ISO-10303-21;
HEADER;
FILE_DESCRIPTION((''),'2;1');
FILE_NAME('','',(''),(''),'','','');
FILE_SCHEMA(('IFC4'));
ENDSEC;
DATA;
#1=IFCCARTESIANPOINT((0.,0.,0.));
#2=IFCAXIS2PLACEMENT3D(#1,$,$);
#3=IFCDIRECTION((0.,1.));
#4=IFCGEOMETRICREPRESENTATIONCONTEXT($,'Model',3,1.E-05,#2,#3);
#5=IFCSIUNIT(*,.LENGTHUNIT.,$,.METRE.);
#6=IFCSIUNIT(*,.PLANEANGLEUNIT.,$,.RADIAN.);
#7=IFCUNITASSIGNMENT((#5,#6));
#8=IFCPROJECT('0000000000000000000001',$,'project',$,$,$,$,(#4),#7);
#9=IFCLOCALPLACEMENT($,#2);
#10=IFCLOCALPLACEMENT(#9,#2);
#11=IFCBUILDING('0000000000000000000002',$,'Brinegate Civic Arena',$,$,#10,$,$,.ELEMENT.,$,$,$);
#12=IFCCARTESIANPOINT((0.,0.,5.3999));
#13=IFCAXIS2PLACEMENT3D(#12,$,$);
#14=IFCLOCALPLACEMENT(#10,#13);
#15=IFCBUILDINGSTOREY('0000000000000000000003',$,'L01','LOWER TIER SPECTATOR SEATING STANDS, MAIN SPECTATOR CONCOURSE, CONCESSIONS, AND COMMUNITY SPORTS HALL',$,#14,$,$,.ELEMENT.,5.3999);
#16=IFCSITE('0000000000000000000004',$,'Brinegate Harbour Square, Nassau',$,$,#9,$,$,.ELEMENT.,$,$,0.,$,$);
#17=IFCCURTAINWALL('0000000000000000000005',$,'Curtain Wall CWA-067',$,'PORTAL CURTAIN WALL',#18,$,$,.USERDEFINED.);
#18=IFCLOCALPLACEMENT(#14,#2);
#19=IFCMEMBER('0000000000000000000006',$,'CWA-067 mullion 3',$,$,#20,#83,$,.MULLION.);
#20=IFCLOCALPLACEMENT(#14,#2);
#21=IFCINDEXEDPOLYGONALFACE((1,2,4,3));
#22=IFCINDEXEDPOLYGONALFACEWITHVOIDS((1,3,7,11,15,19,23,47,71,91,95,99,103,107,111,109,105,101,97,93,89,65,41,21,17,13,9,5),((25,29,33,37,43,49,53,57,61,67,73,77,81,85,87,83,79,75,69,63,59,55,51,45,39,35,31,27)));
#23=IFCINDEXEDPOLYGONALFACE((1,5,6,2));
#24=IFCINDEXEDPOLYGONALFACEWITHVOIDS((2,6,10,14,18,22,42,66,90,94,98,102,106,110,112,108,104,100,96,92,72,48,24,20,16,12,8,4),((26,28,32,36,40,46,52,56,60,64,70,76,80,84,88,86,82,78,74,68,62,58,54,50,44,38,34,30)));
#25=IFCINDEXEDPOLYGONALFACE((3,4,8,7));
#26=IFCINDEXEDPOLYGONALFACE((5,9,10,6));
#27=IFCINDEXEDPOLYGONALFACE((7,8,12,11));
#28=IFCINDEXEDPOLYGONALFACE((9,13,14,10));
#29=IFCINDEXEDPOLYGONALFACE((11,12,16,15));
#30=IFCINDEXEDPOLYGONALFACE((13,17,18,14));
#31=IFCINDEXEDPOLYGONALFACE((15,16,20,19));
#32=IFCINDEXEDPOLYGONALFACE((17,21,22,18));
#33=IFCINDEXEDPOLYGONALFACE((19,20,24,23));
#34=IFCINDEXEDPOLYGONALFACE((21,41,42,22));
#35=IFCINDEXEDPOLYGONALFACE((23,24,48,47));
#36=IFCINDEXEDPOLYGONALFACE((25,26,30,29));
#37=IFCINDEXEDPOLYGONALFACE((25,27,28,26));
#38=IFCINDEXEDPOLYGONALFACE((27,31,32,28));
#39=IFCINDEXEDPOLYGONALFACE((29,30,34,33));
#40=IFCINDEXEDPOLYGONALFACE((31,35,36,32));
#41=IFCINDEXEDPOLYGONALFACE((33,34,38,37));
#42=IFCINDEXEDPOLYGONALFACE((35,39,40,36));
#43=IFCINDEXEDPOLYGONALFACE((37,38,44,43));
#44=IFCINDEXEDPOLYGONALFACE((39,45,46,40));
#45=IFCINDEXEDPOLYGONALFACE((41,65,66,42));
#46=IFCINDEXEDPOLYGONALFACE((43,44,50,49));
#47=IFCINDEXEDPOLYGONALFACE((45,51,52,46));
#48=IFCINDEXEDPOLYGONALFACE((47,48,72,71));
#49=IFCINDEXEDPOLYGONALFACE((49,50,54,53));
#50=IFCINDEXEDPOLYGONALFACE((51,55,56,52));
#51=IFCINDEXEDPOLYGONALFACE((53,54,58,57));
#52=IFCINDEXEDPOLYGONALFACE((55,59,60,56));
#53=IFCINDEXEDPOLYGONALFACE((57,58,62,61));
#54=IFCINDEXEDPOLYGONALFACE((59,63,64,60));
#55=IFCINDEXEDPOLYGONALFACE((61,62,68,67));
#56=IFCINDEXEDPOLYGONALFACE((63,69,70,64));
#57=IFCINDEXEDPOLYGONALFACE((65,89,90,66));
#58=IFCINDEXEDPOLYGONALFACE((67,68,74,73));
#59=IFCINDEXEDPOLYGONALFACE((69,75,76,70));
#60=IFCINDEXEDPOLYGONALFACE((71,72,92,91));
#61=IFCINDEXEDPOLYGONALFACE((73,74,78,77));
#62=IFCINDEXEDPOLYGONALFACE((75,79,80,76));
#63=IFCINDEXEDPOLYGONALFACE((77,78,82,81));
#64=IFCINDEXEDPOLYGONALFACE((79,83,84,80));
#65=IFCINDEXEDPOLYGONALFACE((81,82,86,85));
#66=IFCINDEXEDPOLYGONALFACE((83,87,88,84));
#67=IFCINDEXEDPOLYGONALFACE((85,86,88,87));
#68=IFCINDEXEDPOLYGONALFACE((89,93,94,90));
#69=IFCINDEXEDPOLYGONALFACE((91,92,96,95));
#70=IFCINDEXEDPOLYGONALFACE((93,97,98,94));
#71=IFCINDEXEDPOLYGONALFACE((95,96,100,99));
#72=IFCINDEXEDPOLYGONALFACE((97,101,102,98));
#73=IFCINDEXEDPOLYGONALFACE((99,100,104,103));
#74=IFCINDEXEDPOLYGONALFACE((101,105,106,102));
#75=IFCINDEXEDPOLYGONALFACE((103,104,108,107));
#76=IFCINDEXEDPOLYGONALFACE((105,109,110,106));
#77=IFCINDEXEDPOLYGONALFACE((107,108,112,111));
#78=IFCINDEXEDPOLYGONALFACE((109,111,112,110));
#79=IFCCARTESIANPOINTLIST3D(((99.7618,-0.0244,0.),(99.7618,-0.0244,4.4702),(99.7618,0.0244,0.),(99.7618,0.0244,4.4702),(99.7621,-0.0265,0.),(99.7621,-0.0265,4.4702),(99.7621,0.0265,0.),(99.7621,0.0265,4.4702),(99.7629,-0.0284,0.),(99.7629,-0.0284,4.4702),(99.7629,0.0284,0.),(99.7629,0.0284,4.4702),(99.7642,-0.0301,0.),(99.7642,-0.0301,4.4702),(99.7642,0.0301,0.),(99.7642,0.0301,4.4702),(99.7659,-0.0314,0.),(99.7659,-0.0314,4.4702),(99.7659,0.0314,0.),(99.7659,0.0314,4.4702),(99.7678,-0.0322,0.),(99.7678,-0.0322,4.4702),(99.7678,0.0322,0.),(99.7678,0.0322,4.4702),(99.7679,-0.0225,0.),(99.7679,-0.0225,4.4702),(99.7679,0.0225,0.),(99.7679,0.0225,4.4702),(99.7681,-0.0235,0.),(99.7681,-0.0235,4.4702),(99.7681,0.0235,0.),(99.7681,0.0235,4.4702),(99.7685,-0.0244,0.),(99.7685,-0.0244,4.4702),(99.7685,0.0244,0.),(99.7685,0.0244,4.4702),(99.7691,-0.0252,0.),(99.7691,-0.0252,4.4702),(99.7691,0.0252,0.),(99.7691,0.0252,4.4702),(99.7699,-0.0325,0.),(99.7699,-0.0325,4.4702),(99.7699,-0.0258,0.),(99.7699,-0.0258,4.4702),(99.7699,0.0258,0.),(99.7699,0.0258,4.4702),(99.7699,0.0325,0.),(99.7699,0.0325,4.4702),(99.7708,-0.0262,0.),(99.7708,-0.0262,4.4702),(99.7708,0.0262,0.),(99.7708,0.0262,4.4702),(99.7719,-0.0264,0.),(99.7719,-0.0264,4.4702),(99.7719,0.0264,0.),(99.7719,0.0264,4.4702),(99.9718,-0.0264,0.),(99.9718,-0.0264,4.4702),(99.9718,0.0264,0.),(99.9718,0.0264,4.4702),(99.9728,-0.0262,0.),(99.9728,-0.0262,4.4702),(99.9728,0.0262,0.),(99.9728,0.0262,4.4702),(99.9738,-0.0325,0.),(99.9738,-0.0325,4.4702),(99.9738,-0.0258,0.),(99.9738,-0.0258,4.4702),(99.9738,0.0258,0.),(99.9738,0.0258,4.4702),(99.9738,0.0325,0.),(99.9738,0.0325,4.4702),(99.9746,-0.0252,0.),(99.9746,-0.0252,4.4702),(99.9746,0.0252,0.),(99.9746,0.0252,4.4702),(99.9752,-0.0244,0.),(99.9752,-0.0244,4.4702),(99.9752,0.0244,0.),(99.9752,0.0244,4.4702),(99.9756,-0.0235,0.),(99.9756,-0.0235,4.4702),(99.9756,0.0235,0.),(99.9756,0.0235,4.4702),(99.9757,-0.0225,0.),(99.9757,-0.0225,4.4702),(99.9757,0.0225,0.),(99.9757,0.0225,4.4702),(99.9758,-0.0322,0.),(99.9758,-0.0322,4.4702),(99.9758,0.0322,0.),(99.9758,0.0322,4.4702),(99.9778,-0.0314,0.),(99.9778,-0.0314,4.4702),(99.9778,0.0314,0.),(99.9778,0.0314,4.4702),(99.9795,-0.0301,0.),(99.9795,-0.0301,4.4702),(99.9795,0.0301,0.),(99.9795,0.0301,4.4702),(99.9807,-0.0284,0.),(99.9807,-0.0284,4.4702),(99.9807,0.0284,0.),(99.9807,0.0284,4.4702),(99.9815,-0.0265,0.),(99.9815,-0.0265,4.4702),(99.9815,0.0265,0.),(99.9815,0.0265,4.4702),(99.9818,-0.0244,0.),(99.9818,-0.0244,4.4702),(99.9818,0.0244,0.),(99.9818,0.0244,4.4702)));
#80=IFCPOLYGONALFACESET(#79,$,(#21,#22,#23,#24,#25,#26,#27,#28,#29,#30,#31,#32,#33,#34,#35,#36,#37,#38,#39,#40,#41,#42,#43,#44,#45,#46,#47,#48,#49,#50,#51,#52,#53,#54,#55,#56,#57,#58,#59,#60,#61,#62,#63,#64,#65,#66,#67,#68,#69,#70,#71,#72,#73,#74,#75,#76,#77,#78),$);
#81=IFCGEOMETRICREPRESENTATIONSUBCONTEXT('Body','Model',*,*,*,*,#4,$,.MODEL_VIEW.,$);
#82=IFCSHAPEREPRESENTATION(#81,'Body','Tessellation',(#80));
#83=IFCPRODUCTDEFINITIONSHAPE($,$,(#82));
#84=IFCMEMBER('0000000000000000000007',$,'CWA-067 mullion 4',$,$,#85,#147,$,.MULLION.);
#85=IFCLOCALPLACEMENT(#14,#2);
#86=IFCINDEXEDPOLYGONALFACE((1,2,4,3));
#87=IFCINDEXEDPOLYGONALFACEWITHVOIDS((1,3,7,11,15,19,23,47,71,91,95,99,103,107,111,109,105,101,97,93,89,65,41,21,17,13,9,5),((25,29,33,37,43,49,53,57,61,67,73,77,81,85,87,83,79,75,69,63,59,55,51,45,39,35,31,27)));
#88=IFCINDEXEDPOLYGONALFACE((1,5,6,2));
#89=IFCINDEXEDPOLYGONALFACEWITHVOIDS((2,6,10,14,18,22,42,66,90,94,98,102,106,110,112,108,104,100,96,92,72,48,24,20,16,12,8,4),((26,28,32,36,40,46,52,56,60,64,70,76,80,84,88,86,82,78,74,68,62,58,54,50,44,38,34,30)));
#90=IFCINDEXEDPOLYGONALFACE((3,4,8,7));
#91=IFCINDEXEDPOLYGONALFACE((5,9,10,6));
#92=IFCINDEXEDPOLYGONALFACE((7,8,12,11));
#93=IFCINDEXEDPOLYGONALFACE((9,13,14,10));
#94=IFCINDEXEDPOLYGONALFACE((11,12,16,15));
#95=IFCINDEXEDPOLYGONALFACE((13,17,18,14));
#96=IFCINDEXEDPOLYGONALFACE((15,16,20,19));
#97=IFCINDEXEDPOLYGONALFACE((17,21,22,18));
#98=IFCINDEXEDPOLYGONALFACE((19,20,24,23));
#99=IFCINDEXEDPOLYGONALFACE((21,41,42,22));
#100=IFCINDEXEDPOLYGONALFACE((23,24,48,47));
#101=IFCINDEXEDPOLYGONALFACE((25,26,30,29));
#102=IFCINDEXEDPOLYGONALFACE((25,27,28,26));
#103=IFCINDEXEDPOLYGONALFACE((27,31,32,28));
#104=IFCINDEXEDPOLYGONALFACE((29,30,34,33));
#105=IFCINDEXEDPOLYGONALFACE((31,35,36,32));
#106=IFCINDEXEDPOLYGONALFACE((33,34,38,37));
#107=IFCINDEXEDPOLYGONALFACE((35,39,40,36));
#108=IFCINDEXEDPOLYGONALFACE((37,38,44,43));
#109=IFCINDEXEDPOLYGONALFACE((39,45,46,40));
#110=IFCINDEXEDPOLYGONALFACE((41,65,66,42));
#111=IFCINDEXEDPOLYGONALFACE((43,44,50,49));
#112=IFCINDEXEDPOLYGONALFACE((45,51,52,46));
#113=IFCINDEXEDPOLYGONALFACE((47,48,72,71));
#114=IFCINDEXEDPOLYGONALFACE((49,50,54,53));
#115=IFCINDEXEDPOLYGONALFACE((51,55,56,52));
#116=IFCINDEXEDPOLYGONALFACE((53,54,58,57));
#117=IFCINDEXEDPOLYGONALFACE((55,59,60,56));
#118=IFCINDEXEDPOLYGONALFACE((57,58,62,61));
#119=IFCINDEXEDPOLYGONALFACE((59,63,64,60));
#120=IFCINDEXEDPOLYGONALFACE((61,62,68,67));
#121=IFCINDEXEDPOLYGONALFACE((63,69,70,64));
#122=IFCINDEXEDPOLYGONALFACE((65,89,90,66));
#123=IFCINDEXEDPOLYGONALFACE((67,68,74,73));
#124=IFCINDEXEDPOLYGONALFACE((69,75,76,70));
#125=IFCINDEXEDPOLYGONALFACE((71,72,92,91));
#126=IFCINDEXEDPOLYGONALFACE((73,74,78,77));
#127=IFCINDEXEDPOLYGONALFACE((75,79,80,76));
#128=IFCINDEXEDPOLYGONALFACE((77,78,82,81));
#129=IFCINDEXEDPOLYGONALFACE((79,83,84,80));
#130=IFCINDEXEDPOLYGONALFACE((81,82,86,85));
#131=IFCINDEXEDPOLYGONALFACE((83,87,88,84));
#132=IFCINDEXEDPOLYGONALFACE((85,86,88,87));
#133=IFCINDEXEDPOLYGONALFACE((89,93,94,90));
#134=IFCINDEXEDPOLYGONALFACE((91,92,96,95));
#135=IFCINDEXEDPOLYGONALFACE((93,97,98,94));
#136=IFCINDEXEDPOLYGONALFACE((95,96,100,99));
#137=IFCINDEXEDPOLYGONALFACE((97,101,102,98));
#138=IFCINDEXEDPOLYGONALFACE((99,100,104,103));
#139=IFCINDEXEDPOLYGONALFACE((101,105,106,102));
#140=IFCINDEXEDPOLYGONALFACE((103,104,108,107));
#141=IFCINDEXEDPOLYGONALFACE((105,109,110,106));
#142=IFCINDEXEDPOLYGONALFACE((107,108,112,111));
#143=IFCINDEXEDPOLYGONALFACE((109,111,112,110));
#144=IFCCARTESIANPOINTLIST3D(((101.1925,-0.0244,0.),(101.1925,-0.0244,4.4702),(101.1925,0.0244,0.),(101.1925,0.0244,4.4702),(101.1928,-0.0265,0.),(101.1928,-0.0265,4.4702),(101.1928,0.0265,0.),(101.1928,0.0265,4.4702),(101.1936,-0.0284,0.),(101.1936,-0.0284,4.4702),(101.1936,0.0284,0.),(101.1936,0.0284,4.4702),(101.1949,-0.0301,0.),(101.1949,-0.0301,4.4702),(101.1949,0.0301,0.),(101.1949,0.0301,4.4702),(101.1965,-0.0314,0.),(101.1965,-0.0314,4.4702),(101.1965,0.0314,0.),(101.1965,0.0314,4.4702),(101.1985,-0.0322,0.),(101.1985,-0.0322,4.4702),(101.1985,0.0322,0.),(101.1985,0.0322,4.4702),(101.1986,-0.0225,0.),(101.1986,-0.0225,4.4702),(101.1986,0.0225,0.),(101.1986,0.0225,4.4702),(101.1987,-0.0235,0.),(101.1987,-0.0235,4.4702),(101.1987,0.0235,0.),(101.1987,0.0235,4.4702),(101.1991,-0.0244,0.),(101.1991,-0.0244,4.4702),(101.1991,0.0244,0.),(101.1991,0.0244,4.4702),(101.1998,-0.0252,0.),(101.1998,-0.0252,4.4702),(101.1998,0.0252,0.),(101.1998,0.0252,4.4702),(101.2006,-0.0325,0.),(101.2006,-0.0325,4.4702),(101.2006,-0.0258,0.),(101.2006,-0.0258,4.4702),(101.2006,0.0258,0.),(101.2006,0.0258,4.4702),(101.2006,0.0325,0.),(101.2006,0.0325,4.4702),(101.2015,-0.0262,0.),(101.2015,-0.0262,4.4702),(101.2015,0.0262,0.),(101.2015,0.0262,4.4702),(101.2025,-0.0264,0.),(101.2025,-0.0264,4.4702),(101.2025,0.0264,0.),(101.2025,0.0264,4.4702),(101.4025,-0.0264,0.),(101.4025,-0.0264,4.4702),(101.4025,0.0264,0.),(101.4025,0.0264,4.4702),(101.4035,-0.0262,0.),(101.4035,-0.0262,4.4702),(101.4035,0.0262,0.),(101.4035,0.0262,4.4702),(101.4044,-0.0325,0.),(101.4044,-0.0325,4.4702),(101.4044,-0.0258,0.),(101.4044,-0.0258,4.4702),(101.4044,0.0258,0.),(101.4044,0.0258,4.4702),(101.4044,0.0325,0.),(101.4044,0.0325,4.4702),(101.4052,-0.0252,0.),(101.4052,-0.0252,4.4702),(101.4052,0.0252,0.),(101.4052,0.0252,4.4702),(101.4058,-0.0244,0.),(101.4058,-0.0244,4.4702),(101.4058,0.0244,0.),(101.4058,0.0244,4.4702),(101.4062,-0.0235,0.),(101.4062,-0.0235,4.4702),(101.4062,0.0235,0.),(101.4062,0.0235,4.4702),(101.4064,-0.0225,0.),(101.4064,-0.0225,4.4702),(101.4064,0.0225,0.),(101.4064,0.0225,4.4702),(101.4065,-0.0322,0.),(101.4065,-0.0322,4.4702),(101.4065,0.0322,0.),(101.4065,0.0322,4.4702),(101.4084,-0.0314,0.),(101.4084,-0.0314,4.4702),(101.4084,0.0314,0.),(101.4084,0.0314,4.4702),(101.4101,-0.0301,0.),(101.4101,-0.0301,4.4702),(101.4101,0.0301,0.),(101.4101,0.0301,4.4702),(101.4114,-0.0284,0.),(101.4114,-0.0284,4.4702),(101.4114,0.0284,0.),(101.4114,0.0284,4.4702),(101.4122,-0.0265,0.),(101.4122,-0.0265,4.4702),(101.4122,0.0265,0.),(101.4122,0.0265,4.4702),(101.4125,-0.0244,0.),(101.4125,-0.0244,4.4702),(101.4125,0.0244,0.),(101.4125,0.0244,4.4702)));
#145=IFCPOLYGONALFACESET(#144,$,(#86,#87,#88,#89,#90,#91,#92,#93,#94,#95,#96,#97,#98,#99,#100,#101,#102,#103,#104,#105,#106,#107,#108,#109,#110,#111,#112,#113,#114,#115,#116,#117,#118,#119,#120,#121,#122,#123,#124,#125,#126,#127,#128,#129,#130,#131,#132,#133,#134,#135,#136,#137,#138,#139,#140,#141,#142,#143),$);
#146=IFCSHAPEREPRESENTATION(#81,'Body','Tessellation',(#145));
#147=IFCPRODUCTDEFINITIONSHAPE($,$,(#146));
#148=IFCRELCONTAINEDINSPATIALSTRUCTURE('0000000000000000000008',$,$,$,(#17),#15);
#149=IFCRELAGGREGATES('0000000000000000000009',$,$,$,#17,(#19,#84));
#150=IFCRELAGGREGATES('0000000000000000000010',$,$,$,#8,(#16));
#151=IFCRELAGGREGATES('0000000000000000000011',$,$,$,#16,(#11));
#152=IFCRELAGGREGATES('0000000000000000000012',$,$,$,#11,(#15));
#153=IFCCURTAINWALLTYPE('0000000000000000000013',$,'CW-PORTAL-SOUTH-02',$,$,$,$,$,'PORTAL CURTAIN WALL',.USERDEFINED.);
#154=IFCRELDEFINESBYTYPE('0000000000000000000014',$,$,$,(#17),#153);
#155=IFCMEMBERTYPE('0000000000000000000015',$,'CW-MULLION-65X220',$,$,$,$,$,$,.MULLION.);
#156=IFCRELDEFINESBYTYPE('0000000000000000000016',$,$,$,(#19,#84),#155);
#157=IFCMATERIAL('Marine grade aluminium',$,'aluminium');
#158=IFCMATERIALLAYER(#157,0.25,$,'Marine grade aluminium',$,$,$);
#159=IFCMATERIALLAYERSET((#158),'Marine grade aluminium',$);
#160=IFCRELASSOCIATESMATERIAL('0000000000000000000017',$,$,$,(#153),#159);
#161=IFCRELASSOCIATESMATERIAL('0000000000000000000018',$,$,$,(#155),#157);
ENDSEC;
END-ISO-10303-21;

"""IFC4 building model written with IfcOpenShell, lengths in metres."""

from ifc_helpers import new_model, si_unit, direction, frame, origin, origin_2d, place, context, subcontext, project, spatial, hollow_rectangle, extrude, material, layer, layer_set, material_profile, profile_set, type_object, element, aggregate, save


model = new_model("IFC4")

# Units and contexts
model_context = context("Model", 3, precision=1e-05, world=origin(), true_north=direction((0.0, 1.0)))
body_context = subcontext(model_context, "Body", "Model", "MODEL_VIEW")
ifc_project = project(units=[si_unit("LENGTHUNIT", "METRE"), si_unit("PLANEANGLEUNIT", "RADIAN")], contexts=[model_context])

# Site, building, storey
site_placement = place(None, origin())
site = spatial("IfcSite", under=ifc_project, at=site_placement, Name="Brinegate Harbour Square, Nassau", CompositionType="ELEMENT", RefElevation=0.0)
building_placement = place(site_placement, origin())
building = spatial("IfcBuilding", under=site, at=building_placement, Name="Brinegate Civic Arena", CompositionType="ELEMENT")
storey_placement = place(building_placement, frame((0.0, 0.0, 5.3999)))
storey = spatial("IfcBuildingStorey", under=building, at=storey_placement, Name="L01", Description="LOWER TIER SPECTATOR SEATING STANDS, MAIN SPECTATOR CONCOURSE, CONCESSIONS, AND COMMUNITY SPORTS HALL", CompositionType="ELEMENT", Elevation=5.3999)

# Curtain wall, members
ifc_material_1 = material(Name="Marine grade aluminium", Category="aluminium")
ifc_layer_1 = layer(ifc_material_1, 0.25, Name="Marine grade aluminium")
ifc_layer_set_1 = layer_set([ifc_layer_1], Name="Marine grade aluminium")
curtain_wall_type = type_object("IfcCurtainWallType", Name="CW-PORTAL-SOUTH-02", ElementType="PORTAL CURTAIN WALL", PredefinedType="USERDEFINED", material=ifc_layer_set_1)
curtain_wall_placement = place(storey_placement, origin())
curtain_wall = element("IfcCurtainWall", 1, at=curtain_wall_placement, inside=storey, type_object=curtain_wall_type, Name="Curtain Wall CWA-067", ObjectType="PORTAL CURTAIN WALL", PredefinedType="USERDEFINED")
ifc_material_profile_1 = material_profile(ifc_material_1, hollow_rectangle(XDim=0.0649, YDim=0.22, WallThickness=0.0061, InnerFilletRadius=0.0039, OuterFilletRadius=0.0081, at=origin_2d()), Name="MUL65X220")
ifc_profile_set_1 = profile_set([ifc_material_profile_1], Name="Marine grade aluminium")
member_type_1 = type_object("IfcMemberType", Name="CW-MULLION-65X220", PredefinedType="MULLION", material=ifc_profile_set_1)
member_1_placement = place(storey_placement, frame((99.8718, 0.0, 0.0), z_axis=(0.0, 0.0, 1.0), x_axis=(0.0, 1.0, 0.0)))
member_1 = element("IfcMember", 2, at=member_1_placement, type_object=member_type_1, Name="CWA-067 mullion 3", PredefinedType="MULLION", context=body_context, shape_type="SweptSolid", body=[
    extrude(hollow_rectangle(XDim=0.0649, YDim=0.22, WallThickness=0.0061, InnerFilletRadius=0.0039, OuterFilletRadius=0.0081, at=origin_2d()), origin(), (0.0, 0.0, 1.0), 4.4702),
])
member_2_placement = place(storey_placement, frame((101.3025, 0.0, 0.0), z_axis=(0.0, 0.0, 1.0), x_axis=(0.0, 1.0, 0.0)))
member_2 = element("IfcMember", 3, at=member_2_placement, type_object=member_type_1, Name="CWA-067 mullion 4", PredefinedType="MULLION", context=body_context, shape_type="SweptSolid", body=[
    extrude(hollow_rectangle(XDim=0.0649, YDim=0.22, WallThickness=0.0061, InnerFilletRadius=0.0039, OuterFilletRadius=0.0081, at=origin_2d()), origin(), (0.0, 0.0, 1.0), 4.4702),
])
aggregate(curtain_wall, [member_1, member_2])

save(model, "model.ifc")
